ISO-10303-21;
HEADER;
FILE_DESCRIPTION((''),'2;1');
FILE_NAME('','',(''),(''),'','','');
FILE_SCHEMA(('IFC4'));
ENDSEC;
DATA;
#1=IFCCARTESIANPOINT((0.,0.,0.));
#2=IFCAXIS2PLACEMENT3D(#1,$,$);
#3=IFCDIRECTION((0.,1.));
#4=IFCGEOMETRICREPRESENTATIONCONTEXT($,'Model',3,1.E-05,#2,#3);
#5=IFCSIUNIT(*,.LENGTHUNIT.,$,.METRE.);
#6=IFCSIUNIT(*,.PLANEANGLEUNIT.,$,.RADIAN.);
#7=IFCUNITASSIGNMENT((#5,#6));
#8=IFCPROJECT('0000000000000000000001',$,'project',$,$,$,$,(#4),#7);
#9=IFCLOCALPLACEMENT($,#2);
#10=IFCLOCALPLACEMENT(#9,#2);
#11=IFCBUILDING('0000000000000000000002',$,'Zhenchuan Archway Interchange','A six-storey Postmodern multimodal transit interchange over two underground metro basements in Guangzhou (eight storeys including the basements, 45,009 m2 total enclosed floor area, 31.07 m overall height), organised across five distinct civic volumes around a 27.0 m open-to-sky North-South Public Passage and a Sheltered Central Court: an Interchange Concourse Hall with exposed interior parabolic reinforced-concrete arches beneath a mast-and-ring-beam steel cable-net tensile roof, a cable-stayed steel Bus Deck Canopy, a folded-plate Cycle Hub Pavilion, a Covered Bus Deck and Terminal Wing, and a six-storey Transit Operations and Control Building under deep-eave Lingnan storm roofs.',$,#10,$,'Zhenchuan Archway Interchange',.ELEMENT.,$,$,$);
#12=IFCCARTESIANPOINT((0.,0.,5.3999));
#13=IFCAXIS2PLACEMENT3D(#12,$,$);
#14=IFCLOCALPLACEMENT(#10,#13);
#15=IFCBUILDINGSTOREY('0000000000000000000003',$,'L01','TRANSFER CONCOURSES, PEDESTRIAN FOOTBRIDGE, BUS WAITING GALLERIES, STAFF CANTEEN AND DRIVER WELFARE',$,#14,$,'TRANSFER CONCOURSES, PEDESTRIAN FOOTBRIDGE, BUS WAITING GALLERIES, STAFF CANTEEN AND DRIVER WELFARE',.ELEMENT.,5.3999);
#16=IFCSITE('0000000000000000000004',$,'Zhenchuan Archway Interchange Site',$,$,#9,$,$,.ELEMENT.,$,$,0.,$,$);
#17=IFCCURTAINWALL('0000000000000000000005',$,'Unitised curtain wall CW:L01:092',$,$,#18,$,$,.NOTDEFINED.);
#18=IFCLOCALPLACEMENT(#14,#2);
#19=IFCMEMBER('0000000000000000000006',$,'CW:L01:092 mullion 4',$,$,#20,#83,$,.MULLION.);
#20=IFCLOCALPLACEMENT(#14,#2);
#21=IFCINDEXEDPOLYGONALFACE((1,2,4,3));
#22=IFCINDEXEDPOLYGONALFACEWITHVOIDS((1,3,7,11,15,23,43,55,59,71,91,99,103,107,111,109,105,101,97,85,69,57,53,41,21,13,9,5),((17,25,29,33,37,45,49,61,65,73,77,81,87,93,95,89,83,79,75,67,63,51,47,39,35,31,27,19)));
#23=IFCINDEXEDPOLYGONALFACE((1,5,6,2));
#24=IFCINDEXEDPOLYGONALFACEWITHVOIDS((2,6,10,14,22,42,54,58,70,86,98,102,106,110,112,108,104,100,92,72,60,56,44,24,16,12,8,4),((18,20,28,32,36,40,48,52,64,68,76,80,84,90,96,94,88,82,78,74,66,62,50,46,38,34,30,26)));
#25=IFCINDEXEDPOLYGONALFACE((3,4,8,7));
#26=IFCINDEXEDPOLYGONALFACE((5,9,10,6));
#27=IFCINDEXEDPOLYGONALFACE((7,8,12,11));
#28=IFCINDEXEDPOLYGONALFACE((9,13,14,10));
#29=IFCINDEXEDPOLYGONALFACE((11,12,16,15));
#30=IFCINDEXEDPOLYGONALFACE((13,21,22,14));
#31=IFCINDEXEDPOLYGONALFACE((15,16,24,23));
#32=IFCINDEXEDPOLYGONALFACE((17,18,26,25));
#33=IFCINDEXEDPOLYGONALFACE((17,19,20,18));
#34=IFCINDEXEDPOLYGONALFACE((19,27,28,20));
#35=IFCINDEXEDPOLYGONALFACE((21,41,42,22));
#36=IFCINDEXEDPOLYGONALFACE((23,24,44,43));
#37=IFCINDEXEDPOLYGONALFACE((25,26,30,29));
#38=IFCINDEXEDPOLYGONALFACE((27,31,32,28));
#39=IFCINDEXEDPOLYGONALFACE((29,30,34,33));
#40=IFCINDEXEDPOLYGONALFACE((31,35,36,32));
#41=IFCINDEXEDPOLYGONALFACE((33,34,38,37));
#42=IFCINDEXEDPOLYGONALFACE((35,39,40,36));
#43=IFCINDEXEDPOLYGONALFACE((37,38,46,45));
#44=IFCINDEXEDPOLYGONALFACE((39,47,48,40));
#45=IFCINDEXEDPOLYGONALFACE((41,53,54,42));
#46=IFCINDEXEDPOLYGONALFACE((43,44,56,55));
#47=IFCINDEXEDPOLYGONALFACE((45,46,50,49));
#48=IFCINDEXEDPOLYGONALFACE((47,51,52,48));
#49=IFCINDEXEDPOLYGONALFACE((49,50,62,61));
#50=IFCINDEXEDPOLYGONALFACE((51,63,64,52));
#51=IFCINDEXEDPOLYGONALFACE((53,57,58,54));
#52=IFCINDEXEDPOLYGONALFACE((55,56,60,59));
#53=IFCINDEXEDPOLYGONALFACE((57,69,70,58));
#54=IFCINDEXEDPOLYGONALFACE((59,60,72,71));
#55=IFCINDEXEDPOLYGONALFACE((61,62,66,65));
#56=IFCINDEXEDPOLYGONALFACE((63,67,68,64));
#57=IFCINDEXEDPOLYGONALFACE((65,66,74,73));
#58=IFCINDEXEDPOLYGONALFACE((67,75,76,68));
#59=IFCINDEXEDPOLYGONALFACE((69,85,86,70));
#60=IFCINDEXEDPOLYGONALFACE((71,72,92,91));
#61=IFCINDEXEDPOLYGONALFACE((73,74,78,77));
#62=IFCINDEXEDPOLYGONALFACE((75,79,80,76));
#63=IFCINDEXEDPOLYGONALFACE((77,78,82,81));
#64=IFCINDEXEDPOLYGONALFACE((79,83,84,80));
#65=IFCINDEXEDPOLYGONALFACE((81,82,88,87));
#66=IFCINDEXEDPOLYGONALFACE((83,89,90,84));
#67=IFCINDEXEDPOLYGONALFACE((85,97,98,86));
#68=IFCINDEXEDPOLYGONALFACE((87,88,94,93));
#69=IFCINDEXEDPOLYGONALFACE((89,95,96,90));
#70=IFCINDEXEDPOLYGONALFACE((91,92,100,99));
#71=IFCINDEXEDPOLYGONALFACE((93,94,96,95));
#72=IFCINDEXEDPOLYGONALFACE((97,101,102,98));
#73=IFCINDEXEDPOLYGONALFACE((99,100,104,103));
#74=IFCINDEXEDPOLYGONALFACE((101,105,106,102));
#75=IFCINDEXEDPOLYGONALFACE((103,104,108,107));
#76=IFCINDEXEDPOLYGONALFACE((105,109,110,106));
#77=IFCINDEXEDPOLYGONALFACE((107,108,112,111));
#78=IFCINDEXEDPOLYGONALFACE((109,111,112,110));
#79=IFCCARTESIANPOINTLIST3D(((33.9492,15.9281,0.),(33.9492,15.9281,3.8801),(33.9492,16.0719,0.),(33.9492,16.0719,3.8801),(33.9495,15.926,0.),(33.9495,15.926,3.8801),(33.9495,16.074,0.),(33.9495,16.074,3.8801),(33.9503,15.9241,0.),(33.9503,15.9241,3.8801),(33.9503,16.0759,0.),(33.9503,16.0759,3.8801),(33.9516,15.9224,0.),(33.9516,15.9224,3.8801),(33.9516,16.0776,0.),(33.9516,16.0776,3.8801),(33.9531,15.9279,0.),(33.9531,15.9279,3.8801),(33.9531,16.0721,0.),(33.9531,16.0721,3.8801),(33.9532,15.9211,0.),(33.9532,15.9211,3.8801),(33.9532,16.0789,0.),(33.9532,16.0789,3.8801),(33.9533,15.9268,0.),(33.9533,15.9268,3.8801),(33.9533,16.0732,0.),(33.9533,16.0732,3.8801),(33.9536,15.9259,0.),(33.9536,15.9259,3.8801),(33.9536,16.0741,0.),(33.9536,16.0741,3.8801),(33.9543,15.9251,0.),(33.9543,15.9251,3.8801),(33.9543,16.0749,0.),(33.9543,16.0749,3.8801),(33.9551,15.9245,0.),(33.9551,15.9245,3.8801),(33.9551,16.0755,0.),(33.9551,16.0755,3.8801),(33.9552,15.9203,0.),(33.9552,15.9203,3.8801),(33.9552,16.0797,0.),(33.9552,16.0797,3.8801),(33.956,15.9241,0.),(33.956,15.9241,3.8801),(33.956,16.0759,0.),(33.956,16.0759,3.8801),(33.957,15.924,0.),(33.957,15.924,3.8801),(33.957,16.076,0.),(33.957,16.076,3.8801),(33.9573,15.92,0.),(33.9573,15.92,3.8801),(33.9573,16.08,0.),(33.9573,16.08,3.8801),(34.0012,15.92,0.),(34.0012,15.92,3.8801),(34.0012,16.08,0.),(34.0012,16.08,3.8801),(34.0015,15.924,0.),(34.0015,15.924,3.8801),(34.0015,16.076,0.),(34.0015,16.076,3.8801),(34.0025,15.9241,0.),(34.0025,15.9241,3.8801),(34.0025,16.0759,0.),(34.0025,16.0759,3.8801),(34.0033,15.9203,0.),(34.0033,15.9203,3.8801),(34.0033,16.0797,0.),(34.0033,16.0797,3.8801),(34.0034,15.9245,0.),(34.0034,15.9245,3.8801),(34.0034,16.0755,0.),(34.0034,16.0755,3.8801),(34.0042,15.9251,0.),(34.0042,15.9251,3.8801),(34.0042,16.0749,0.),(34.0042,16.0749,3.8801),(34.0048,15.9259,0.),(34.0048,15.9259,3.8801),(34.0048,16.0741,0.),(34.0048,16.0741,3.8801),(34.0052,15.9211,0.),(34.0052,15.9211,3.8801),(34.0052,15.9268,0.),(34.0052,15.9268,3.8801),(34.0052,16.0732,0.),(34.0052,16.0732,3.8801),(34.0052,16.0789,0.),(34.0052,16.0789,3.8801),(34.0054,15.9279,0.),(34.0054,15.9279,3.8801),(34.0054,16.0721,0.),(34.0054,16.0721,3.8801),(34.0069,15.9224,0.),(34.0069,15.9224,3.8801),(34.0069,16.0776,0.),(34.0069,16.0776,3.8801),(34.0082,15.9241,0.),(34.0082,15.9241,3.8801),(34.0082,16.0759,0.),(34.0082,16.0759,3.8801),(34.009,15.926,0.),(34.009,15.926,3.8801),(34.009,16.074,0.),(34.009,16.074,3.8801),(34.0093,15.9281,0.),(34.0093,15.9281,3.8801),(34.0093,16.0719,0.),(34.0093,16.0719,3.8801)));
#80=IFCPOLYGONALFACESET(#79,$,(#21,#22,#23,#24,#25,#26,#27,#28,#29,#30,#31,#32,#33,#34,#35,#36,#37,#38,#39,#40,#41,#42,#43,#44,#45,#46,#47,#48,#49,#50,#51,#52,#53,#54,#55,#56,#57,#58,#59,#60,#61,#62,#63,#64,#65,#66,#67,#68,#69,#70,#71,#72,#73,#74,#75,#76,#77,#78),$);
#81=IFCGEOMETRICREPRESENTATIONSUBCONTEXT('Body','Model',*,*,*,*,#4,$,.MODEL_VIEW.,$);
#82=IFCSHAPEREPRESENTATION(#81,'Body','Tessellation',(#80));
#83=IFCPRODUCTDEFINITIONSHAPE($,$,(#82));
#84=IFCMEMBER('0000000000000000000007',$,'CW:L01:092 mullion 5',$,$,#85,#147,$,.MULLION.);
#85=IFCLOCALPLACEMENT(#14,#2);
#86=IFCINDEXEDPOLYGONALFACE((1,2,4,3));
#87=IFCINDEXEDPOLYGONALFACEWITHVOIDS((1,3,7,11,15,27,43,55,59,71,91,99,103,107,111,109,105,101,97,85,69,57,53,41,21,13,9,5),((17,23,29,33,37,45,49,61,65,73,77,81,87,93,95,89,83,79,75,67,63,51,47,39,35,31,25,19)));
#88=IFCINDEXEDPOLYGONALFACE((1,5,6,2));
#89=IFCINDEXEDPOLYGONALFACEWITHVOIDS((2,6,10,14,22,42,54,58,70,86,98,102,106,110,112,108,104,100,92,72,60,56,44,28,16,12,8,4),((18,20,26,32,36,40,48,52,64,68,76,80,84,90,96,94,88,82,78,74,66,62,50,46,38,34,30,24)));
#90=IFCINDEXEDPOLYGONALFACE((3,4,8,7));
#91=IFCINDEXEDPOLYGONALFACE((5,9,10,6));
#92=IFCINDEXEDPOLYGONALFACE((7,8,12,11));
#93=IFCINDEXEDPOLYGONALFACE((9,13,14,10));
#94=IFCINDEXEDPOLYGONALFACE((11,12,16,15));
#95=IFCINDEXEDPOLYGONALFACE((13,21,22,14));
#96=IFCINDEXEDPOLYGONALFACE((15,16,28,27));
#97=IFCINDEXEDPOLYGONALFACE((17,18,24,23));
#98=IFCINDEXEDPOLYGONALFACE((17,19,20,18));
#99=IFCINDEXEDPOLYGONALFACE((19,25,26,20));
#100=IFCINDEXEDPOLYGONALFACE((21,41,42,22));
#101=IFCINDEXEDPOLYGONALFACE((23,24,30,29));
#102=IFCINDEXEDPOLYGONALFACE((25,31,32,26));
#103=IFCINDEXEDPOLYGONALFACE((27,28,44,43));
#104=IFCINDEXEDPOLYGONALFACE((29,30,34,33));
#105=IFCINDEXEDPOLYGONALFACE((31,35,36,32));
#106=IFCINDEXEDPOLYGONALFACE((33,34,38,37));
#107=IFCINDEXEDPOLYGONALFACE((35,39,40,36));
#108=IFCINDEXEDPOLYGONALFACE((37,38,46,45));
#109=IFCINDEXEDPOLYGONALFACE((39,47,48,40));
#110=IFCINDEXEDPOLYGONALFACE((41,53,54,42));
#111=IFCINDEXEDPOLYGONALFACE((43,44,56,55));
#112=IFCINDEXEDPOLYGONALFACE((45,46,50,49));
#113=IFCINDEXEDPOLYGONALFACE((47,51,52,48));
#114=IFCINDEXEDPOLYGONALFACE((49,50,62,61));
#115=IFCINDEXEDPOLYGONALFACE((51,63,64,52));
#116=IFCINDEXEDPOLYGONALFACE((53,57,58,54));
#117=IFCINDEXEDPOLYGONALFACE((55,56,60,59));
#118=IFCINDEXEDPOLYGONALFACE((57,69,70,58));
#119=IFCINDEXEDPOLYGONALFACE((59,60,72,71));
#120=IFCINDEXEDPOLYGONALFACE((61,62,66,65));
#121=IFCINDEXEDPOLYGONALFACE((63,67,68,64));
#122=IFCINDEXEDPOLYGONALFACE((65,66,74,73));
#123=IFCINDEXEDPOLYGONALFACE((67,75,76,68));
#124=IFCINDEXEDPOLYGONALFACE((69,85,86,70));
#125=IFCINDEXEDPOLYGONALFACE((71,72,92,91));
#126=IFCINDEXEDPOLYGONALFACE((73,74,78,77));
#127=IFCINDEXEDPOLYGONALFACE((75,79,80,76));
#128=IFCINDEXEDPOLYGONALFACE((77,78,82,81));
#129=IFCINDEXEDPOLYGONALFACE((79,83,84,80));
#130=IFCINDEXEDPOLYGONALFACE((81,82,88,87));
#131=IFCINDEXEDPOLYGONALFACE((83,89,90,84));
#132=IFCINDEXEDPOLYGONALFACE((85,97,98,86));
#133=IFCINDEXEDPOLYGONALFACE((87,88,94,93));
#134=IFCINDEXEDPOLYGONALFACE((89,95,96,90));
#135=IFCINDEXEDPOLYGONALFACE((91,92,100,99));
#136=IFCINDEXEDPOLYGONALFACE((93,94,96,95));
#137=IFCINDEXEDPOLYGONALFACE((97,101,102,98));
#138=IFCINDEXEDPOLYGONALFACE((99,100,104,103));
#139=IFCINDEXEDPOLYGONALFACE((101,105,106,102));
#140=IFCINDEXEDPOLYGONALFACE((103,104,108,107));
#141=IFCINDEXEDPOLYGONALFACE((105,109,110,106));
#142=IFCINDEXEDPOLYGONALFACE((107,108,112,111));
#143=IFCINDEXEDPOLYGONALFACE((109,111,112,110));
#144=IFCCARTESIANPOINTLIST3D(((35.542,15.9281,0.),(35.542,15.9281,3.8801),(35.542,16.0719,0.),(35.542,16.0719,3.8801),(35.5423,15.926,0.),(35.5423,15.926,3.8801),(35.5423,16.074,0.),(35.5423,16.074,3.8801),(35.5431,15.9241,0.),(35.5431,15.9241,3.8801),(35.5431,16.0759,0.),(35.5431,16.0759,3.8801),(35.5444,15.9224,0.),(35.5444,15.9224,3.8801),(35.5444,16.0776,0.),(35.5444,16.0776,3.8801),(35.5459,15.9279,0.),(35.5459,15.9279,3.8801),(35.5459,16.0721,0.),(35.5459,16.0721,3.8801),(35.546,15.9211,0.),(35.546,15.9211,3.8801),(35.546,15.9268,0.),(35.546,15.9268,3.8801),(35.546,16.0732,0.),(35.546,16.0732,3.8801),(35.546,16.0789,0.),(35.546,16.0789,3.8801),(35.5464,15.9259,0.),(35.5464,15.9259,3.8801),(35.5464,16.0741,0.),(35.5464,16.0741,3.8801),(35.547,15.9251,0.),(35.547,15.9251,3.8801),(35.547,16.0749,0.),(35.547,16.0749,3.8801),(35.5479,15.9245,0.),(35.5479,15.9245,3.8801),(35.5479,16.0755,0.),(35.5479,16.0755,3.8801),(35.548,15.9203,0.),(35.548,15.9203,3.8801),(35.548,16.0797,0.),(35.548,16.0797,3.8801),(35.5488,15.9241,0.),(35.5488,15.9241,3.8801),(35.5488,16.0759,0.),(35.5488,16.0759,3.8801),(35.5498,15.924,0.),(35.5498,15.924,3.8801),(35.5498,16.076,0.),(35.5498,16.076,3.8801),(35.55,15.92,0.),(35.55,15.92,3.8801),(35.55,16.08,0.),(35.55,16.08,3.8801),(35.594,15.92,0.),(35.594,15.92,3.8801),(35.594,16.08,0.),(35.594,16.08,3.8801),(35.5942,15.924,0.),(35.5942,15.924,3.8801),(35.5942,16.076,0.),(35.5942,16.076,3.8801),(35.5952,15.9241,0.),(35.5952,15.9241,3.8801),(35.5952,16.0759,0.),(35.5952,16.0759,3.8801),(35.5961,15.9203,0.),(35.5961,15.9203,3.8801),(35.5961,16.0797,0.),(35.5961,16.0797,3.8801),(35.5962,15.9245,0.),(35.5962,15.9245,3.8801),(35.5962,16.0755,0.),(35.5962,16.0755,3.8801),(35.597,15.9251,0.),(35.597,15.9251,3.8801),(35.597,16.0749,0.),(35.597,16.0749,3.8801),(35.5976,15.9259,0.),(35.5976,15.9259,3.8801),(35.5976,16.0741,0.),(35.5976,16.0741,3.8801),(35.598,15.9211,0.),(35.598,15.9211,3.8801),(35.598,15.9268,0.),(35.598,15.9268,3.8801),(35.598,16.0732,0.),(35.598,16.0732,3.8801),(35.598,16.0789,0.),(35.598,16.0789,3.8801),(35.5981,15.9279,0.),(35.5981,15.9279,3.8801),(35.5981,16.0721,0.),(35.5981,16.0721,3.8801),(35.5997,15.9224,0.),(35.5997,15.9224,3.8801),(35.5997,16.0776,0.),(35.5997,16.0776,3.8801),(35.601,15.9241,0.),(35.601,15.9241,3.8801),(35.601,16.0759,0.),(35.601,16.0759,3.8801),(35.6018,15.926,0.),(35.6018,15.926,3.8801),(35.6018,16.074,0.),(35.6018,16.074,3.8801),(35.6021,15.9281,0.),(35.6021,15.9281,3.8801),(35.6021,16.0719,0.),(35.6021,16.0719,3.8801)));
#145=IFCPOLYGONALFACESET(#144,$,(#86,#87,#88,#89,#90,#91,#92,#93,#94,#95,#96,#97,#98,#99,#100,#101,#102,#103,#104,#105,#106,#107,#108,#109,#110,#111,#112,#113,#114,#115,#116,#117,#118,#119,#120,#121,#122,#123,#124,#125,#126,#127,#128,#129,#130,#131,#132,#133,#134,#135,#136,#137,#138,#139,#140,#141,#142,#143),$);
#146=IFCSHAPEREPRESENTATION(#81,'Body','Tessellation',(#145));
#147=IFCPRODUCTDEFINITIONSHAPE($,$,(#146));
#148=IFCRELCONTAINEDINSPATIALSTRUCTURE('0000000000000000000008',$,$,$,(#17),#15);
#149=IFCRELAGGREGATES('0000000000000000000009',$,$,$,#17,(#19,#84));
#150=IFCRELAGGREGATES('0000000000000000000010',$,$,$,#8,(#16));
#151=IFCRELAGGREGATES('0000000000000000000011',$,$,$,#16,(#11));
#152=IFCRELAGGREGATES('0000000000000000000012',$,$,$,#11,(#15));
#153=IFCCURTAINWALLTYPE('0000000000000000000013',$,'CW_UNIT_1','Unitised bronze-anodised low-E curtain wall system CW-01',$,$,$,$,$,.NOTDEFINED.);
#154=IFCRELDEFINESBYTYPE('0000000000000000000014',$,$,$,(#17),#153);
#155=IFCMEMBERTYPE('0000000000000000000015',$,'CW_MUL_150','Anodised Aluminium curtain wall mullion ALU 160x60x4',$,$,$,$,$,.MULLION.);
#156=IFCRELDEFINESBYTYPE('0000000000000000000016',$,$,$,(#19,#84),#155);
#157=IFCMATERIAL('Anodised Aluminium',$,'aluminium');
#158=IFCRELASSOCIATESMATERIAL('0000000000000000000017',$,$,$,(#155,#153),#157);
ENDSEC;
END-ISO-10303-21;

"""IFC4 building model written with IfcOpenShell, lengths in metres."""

from ifc_helpers import new_model, si_unit, direction, frame, origin, origin_2d, place, context, subcontext, project, spatial, hollow_rectangle, extrude, material, material_profile, profile_set, type_object, element, aggregate, save


model = new_model("IFC4")

# Units and contexts
model_context = context("Model", 3, precision=1e-05, world=origin(), true_north=direction((0.0, 1.0)))
body_context = subcontext(model_context, "Body", "Model", "MODEL_VIEW")
ifc_project = project(units=[si_unit("LENGTHUNIT", "METRE"), si_unit("PLANEANGLEUNIT", "RADIAN")], contexts=[model_context])

# Site, building, storey
site_placement = place(None, origin())
site = spatial("IfcSite", under=ifc_project, at=site_placement, Name="Zhenchuan Archway Interchange Site", CompositionType="ELEMENT", RefElevation=0.0)
building_placement = place(site_placement, origin())
building = spatial("IfcBuilding", under=site, at=building_placement, Name="Zhenchuan Archway Interchange", Description="A six-storey Postmodern multimodal transit interchange over two underground metro basements in Guangzhou (eight storeys including the basements, 45,009 m2 total enclosed floor area, 31.07 m overall height), organised across five distinct civic volumes around a 27.0 m open-to-sky North-South Public Passage and a Sheltered Central Court: an Interchange Concourse Hall with exposed interior parabolic reinforced-concrete arches beneath a mast-and-ring-beam steel cable-net tensile roof, a cable-stayed steel Bus Deck Canopy, a folded-plate Cycle Hub Pavilion, a Covered Bus Deck and Terminal Wing, and a six-storey Transit Operations and Control Building under deep-eave Lingnan storm roofs.", LongName="Zhenchuan Archway Interchange", CompositionType="ELEMENT")
storey_placement = place(building_placement, frame((0.0, 0.0, 5.3999)))
storey = spatial("IfcBuildingStorey", under=building, at=storey_placement, Name="L01", Description="TRANSFER CONCOURSES, PEDESTRIAN FOOTBRIDGE, BUS WAITING GALLERIES, STAFF CANTEEN AND DRIVER WELFARE", LongName="TRANSFER CONCOURSES, PEDESTRIAN FOOTBRIDGE, BUS WAITING GALLERIES, STAFF CANTEEN AND DRIVER WELFARE", CompositionType="ELEMENT", Elevation=5.3999)

# Shared definitions
ifc_material_1 = material(Name="Anodised Aluminium", Category="aluminium")
ifc_material_profile_1 = material_profile(ifc_material_1, hollow_rectangle(XDim=0.0601, YDim=0.1599, WallThickness=0.0039, InnerFilletRadius=0.0039, OuterFilletRadius=0.0081, at=origin_2d()), Name="ALU 160x60x4")
ifc_profile_set_1 = profile_set([ifc_material_profile_1], Name="Anodised Aluminium")
member_type_1 = type_object("IfcMemberType", Name="CW_MUL_150", Description="Anodised Aluminium curtain wall mullion ALU 160x60x4", PredefinedType="MULLION", material=ifc_profile_set_1)

# Curtain wall, members
curtain_wall_type_1 = type_object("IfcCurtainWallType", Name="CW_UNIT_1", Description="Unitised bronze-anodised low-E curtain wall system CW-01", PredefinedType="NOTDEFINED", material=ifc_material_1)
curtain_wall_1_placement = place(storey_placement, origin())
curtain_wall_1 = element("IfcCurtainWall", 1, at=curtain_wall_1_placement, inside=storey, type_object=curtain_wall_type_1, Name="Unitised curtain wall CW:L01:092", PredefinedType="NOTDEFINED")
member_1_placement = place(storey_placement, frame((33.9792, 16.0, 0.0), z_axis=(0.0, 0.0, 1.0), x_axis=(1.0, 0.0, 0.0)))
member_1 = element("IfcMember", 2, at=member_1_placement, type_object=member_type_1, Name="CW:L01:092 mullion 4", PredefinedType="MULLION", context=body_context, shape_type="SweptSolid", body=[
    extrude(hollow_rectangle(XDim=0.0601, YDim=0.1599, WallThickness=0.0039, InnerFilletRadius=0.0039, OuterFilletRadius=0.0081, at=origin_2d()), origin(), (0.0, 0.0, 1.0), 3.8801),
])
member_2_placement = place(storey_placement, frame((35.572, 16.0, 0.0), z_axis=(0.0, 0.0, 1.0), x_axis=(1.0, 0.0, 0.0)))
member_2 = element("IfcMember", 3, at=member_2_placement, type_object=member_type_1, Name="CW:L01:092 mullion 5", PredefinedType="MULLION", context=body_context, shape_type="SweptSolid", body=[
    extrude(hollow_rectangle(XDim=0.0601, YDim=0.1599, WallThickness=0.0039, InnerFilletRadius=0.0039, OuterFilletRadius=0.0081, at=origin_2d()), origin(), (0.0, 0.0, 1.0), 3.8801),
])

aggregate(curtain_wall_1, [member_1, member_2])

save(model, "model.ifc")
